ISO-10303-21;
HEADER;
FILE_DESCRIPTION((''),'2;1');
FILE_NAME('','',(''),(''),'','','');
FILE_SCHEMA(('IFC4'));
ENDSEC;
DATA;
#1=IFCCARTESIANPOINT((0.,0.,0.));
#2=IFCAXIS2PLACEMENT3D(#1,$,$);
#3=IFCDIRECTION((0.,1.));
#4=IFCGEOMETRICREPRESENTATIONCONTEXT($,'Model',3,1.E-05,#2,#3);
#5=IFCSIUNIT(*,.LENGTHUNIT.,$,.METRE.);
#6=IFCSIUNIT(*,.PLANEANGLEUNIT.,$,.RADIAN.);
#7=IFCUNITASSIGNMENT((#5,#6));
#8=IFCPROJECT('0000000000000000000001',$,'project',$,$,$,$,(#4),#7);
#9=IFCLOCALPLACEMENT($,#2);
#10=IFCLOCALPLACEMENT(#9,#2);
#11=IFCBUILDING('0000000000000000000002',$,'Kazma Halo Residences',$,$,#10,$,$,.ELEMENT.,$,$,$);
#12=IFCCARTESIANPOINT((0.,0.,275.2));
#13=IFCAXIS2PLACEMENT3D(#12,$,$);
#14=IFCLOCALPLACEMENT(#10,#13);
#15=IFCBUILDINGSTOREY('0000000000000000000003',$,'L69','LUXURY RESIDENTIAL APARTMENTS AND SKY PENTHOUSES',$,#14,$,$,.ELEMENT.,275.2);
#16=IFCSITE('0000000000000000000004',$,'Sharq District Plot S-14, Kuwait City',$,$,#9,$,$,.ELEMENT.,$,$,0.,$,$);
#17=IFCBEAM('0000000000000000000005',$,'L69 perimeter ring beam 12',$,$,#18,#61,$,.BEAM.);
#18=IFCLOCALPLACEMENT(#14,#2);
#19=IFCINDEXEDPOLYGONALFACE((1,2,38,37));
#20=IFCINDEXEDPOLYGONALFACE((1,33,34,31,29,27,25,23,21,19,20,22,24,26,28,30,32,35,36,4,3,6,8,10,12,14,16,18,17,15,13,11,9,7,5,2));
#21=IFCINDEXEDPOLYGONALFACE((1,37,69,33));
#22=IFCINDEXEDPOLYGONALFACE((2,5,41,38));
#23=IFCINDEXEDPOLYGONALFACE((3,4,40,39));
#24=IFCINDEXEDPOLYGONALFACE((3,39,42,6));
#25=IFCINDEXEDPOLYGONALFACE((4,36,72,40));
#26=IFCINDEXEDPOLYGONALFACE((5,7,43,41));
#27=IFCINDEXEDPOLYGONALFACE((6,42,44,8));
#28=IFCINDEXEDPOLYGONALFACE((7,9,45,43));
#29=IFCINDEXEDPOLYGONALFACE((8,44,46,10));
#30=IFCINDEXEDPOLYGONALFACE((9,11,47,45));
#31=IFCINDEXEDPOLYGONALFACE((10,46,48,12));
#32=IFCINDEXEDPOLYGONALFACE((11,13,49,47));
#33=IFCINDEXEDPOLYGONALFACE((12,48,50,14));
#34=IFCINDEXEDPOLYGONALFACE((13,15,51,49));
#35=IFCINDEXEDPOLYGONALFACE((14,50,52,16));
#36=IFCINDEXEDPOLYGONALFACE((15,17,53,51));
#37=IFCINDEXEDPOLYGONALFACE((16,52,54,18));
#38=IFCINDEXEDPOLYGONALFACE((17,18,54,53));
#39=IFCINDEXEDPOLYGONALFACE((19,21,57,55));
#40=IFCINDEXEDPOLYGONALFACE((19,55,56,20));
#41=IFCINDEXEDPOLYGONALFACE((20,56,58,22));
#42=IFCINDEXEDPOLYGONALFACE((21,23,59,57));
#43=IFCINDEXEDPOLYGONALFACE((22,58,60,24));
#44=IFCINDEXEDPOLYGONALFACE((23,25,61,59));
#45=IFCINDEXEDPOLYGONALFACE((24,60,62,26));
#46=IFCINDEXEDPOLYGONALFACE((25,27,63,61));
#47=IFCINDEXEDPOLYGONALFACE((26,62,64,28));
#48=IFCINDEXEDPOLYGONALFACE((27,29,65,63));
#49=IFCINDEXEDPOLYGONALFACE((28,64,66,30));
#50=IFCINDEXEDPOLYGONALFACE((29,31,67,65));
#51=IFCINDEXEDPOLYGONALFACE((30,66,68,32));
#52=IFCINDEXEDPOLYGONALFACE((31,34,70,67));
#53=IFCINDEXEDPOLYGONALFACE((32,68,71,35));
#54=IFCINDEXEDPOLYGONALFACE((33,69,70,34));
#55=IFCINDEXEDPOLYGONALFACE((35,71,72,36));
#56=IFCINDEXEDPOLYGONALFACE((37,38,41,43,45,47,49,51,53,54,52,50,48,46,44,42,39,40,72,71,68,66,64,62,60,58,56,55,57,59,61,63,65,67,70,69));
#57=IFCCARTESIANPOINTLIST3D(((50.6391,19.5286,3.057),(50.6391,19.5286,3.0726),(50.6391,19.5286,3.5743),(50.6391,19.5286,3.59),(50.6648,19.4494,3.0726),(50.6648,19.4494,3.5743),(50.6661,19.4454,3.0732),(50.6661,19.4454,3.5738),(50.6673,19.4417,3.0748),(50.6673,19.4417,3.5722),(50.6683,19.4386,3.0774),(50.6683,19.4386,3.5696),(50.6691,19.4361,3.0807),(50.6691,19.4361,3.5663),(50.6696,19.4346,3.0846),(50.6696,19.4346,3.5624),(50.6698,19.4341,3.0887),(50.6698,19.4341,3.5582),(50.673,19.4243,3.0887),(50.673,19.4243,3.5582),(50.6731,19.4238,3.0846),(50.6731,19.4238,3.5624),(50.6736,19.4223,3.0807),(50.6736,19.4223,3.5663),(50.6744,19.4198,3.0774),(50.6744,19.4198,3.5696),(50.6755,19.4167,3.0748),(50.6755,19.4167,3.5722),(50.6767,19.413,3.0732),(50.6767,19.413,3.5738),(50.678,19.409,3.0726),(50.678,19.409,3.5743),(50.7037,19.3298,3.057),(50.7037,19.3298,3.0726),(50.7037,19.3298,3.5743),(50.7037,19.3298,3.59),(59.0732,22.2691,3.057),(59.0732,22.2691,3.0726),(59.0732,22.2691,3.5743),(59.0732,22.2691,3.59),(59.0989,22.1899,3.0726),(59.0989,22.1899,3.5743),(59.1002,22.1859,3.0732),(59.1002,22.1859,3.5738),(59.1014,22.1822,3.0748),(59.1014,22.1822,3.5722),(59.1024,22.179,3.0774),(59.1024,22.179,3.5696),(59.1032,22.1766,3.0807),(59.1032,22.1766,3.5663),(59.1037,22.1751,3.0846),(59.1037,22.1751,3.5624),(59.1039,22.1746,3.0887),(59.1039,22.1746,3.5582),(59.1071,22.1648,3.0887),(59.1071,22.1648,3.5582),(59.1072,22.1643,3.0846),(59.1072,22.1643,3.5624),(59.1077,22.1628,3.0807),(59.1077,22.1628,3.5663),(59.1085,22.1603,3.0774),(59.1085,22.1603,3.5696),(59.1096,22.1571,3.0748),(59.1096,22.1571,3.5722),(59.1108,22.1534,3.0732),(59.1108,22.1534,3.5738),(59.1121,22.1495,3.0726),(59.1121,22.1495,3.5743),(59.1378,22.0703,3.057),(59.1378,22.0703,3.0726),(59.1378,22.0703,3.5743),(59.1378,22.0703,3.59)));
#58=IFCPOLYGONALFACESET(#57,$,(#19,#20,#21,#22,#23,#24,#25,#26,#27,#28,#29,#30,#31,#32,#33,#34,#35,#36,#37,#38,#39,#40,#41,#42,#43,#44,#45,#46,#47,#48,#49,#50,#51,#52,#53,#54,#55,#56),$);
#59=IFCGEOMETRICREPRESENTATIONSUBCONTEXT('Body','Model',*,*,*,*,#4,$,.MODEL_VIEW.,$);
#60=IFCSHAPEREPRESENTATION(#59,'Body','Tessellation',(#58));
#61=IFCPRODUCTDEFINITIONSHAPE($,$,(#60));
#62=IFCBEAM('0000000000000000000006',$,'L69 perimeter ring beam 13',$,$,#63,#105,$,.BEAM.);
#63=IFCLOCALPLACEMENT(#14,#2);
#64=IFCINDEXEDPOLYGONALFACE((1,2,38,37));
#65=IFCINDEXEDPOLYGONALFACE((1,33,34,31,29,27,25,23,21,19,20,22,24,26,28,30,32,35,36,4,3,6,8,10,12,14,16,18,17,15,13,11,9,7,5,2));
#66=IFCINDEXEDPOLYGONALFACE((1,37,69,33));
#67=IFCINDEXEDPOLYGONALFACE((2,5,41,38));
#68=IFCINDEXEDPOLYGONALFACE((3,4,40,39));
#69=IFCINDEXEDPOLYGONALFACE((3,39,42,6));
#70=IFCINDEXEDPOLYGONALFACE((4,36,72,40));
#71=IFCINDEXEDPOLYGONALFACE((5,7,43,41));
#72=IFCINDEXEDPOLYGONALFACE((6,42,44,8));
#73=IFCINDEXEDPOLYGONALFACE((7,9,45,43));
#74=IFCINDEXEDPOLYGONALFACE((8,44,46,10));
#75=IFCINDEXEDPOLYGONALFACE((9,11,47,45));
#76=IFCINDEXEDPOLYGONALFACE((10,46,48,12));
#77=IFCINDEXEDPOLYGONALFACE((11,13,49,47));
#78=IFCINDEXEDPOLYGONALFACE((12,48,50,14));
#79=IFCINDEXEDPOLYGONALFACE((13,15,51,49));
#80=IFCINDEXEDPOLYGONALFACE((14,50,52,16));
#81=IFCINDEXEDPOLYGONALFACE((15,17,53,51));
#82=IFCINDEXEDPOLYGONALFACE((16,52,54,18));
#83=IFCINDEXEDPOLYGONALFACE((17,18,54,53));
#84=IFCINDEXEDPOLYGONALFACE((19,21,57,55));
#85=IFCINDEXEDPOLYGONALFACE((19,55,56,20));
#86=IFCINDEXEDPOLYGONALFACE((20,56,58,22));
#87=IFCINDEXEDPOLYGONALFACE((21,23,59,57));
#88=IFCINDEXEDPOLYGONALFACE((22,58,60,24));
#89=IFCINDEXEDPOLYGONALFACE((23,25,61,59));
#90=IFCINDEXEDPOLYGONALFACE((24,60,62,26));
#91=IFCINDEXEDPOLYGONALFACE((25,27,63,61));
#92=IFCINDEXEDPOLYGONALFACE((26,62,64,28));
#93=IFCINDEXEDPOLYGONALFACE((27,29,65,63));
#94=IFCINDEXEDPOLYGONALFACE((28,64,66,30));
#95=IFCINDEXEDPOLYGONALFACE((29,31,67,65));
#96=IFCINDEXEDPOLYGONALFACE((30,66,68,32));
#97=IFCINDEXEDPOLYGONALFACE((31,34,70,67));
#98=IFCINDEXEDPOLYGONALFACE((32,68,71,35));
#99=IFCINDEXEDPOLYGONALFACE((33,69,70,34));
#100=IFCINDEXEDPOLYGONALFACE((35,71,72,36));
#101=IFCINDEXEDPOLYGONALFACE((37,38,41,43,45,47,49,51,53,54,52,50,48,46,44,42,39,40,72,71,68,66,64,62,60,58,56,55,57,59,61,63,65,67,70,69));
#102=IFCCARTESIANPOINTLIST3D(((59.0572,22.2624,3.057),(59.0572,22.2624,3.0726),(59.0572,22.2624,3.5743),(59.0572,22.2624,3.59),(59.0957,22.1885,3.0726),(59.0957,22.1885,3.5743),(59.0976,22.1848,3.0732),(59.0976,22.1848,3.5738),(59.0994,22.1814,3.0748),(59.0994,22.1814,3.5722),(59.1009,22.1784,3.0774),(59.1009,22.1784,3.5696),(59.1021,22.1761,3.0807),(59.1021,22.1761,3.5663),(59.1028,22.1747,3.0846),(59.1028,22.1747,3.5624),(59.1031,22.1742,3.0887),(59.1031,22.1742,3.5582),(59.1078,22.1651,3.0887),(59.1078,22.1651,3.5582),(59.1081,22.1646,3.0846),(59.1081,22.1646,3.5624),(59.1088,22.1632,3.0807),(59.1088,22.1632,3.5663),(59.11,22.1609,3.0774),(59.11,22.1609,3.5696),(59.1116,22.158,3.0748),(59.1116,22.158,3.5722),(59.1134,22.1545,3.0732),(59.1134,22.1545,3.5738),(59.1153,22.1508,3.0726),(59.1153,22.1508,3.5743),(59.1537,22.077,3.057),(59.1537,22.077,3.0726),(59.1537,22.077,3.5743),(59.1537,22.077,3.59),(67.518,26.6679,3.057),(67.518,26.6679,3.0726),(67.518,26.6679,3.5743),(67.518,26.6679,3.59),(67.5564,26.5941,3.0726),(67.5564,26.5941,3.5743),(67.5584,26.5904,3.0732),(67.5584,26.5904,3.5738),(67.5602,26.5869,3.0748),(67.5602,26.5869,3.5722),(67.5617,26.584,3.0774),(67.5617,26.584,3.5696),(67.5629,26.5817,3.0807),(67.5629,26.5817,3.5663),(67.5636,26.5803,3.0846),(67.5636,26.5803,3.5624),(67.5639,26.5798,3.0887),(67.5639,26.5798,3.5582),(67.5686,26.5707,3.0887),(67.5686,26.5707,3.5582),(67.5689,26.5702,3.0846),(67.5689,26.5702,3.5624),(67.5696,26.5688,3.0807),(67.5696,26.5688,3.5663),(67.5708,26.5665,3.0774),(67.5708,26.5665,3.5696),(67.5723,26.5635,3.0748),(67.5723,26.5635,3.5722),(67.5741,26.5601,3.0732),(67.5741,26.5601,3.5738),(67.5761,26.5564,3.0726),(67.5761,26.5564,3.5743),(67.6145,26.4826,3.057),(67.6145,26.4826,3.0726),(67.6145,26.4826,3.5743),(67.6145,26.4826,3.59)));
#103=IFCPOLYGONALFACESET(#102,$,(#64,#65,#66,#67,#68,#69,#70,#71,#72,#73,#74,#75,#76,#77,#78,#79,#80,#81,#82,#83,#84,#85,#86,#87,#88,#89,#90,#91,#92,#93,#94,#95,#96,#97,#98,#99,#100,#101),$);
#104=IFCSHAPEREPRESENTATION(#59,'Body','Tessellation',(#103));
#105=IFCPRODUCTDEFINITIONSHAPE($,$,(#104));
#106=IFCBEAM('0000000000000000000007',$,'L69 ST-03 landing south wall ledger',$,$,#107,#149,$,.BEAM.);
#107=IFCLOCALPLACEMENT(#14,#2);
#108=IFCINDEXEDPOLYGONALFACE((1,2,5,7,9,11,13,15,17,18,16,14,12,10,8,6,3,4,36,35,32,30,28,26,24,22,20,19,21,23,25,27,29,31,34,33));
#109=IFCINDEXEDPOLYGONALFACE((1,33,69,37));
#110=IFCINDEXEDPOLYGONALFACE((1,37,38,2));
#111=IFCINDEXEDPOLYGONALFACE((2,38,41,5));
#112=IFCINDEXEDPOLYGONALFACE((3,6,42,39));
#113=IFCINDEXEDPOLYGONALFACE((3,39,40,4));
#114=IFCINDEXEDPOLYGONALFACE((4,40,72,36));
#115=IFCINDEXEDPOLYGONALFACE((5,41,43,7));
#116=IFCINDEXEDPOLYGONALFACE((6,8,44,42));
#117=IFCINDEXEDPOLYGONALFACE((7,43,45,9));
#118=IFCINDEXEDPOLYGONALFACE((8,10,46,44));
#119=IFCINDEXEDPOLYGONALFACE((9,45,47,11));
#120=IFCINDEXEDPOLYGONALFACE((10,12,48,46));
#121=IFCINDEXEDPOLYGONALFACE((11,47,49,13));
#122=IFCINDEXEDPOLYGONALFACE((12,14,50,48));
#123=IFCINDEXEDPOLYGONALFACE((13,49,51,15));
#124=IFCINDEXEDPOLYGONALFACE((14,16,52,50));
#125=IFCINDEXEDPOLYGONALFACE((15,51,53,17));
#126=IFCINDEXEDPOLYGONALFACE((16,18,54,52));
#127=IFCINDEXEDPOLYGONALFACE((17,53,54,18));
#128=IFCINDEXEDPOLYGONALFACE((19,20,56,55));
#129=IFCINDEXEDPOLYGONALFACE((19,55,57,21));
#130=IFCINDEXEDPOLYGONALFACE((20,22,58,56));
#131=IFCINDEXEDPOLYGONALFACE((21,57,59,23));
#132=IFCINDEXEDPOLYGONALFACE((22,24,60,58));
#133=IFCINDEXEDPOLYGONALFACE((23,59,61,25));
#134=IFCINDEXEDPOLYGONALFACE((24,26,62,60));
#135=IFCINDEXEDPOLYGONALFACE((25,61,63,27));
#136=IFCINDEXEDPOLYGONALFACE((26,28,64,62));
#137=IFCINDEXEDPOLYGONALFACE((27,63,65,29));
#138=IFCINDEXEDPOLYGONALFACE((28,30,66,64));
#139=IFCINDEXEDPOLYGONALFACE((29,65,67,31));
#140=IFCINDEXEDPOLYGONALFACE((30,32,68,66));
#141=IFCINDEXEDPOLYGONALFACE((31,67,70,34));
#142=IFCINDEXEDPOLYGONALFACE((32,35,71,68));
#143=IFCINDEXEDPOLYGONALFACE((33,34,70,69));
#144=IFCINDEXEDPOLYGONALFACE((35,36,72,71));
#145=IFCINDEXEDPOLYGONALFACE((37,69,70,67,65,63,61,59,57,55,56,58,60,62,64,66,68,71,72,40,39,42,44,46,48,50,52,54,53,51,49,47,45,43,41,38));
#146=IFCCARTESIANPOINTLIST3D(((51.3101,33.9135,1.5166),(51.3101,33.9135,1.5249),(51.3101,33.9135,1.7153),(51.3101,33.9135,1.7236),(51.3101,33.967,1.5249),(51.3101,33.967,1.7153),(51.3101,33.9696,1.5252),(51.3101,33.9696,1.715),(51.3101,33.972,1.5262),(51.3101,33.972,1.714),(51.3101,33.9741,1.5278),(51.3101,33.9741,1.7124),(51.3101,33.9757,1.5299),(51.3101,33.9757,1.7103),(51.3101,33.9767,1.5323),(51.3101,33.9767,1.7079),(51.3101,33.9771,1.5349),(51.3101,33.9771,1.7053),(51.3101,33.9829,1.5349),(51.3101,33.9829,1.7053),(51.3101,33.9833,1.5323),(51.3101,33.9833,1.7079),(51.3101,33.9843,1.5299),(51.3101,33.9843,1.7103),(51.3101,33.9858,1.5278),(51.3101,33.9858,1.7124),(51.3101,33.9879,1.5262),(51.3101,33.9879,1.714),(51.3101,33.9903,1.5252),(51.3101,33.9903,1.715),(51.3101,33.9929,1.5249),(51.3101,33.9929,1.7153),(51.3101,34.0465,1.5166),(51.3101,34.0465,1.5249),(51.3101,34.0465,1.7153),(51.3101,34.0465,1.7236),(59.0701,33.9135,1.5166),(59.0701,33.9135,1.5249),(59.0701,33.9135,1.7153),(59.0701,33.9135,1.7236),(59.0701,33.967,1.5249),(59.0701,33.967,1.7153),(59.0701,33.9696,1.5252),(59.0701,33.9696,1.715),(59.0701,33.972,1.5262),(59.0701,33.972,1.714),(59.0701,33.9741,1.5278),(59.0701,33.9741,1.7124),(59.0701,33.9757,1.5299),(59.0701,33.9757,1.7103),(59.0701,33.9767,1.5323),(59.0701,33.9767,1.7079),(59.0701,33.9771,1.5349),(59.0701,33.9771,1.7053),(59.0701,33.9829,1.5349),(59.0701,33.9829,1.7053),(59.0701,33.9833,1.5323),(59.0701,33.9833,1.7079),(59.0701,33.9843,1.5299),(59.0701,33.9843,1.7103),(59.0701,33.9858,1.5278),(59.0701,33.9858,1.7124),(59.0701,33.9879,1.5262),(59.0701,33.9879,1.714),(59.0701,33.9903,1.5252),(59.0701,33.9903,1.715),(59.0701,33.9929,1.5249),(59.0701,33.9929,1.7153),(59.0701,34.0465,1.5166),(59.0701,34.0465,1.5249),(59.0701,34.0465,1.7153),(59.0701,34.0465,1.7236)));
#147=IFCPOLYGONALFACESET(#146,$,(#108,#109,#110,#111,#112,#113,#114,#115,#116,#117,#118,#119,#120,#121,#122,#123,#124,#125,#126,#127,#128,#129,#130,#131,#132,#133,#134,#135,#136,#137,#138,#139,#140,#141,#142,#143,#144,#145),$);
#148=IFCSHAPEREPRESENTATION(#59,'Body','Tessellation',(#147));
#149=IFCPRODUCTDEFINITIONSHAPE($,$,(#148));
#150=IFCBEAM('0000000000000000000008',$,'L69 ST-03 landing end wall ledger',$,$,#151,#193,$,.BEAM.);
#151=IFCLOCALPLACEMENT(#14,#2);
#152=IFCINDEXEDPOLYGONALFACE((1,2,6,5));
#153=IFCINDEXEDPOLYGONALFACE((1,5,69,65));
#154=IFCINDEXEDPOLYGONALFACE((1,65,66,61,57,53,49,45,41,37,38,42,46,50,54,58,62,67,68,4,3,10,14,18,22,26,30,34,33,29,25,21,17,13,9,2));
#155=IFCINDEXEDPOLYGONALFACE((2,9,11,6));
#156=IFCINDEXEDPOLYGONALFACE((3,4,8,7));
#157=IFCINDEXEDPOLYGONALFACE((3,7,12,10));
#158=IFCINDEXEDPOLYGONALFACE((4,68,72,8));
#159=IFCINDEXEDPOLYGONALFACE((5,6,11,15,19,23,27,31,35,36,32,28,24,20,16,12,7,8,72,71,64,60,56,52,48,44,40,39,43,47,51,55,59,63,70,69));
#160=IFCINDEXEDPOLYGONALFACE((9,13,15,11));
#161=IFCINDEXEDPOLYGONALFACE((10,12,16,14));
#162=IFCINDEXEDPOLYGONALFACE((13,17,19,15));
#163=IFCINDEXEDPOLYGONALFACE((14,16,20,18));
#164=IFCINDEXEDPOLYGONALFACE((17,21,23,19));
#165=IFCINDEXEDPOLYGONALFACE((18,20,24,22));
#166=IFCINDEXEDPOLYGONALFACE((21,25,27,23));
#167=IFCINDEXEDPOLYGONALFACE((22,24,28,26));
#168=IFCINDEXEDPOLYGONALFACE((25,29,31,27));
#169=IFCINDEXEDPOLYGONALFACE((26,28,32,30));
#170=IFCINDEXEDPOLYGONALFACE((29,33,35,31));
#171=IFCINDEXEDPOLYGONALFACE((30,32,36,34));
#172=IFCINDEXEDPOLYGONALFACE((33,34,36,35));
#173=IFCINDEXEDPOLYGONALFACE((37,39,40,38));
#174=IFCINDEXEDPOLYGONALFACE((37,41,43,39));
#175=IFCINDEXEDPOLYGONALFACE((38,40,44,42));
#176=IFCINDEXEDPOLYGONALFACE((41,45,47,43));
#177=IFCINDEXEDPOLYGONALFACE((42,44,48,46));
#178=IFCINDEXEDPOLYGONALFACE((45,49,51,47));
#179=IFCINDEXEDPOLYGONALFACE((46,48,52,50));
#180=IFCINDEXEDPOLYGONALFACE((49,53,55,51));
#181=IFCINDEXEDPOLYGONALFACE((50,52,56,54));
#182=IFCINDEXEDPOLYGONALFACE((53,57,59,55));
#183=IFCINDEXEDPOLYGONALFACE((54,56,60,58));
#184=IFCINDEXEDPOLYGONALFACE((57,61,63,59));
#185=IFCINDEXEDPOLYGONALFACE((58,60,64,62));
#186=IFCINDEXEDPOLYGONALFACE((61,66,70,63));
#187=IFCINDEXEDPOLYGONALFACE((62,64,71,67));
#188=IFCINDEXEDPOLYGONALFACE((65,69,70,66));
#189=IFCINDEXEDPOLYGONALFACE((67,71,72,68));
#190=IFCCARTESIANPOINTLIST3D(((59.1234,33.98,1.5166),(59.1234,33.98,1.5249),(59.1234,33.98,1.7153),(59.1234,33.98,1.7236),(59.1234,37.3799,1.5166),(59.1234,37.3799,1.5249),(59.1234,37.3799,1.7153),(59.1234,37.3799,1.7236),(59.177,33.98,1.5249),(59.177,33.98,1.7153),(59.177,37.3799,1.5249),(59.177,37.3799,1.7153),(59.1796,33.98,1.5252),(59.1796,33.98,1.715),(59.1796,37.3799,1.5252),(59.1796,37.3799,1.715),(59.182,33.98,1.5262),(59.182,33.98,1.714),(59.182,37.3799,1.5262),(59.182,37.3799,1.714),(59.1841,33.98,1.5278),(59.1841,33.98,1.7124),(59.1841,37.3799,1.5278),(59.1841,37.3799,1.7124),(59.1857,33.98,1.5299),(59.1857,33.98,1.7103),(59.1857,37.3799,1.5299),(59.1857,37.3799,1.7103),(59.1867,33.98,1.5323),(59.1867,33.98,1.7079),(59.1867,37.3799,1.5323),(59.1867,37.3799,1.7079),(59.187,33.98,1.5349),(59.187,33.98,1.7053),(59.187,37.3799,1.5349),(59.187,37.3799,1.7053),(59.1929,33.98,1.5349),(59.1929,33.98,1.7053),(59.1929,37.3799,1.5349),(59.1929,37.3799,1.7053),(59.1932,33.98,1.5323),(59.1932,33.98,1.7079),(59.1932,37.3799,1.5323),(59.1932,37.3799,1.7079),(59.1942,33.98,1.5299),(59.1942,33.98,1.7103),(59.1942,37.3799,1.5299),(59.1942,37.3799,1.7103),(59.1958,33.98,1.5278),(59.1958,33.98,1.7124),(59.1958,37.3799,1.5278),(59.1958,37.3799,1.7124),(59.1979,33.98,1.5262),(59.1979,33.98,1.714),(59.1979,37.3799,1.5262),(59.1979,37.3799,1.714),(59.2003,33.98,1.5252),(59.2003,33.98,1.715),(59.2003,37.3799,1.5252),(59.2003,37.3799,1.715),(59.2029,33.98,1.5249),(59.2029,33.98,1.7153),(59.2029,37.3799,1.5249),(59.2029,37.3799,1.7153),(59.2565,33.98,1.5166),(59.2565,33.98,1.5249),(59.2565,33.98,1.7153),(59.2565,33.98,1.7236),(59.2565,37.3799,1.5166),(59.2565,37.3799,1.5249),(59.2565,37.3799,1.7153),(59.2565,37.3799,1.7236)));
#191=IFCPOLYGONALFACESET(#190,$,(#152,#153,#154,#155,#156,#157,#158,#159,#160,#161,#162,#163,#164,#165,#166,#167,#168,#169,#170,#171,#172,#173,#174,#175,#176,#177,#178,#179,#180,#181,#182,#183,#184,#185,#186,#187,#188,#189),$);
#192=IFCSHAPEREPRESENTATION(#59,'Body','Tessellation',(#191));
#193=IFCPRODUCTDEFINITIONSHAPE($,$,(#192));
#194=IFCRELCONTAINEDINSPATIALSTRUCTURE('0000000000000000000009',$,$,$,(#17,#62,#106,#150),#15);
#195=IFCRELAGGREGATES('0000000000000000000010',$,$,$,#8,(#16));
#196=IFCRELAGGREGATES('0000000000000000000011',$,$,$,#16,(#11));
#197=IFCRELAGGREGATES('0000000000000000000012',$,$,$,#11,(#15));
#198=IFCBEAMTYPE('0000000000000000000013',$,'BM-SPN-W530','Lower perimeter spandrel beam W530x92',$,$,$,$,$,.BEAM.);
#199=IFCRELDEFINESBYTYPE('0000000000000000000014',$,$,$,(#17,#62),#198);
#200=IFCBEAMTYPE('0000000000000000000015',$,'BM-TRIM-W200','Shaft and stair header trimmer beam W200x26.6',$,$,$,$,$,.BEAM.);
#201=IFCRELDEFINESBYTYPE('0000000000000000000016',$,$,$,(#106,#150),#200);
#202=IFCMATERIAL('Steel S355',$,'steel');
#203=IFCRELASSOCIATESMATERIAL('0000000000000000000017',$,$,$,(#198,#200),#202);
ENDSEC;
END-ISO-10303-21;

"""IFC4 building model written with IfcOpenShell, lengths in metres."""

from ifc_helpers import new_model, si_unit, direction, frame, origin, origin_2d, place, context, subcontext, project, spatial, i_section, extrude, material, material_profile, profile_set, type_object, element, save


model = new_model("IFC4")

# Units and contexts
model_context = context("Model", 3, precision=1e-05, world=origin(), true_north=direction((0.0, 1.0)))
body_context = subcontext(model_context, "Body", "Model", "MODEL_VIEW")
ifc_project = project(units=[si_unit("LENGTHUNIT", "METRE"), si_unit("PLANEANGLEUNIT", "RADIAN")], contexts=[model_context])

# Site, building, storey
site_placement = place(None, origin())
site = spatial("IfcSite", under=ifc_project, at=site_placement, Name="Sharq District Plot S-14, Kuwait City", CompositionType="ELEMENT", RefElevation=0.0)
building_placement = place(site_placement, origin())
building = spatial("IfcBuilding", under=site, at=building_placement, Name="Kazma Halo Residences", CompositionType="ELEMENT")
storey_placement = place(building_placement, frame((0.0, 0.0, 275.2)))
storey = spatial("IfcBuildingStorey", under=building, at=storey_placement, Name="L69", Description="LUXURY RESIDENTIAL APARTMENTS AND SKY PENTHOUSES", CompositionType="ELEMENT", Elevation=275.2)

# Beams
ifc_material_1 = material(Name="Steel S355", Category="steel")
ifc_material_profile_1 = material_profile(ifc_material_1, i_section(OverallWidth=0.209, OverallDepth=0.533, WebThickness=0.0103, FlangeThickness=0.0156, FilletRadius=0.0161, at=origin_2d()), Name="W530x92")
ifc_profile_set_1 = profile_set([ifc_material_profile_1], Name="Steel S355")
beam_type_1 = type_object("IfcBeamType", Name="BM-SPN-W530", Description="Lower perimeter spandrel beam W530x92", PredefinedType="BEAM", material=ifc_profile_set_1)
beam_1_placement = place(storey_placement, frame((50.6714, 19.4292, 3.3235), z_axis=(0.951054, 0.309025, 0.0), x_axis=(-0.309025, 0.951054, 0.0)))
element("IfcBeam", 1, at=beam_1_placement, inside=storey, type_object=beam_type_1, Name="L69 perimeter ring beam 12", PredefinedType="BEAM", context=body_context, shape_type="SweptSolid", body=[
    extrude(i_section(OverallWidth=0.209, OverallDepth=0.533, WebThickness=0.0103, FlangeThickness=0.0156, FilletRadius=0.0161, at=origin_2d()), origin(), (0.0, 0.0, 1.0), 8.8682),
])
beam_2_placement = place(storey_placement, frame((59.1055, 22.1697, 3.3235), z_axis=(0.886961, 0.461844, 0.0), x_axis=(-0.461844, 0.886961, 0.0)))
element("IfcBeam", 2, at=beam_2_placement, inside=storey, type_object=beam_type_1, Name="L69 perimeter ring beam 13", PredefinedType="BEAM", context=body_context, shape_type="SweptSolid", body=[
    extrude(i_section(OverallWidth=0.209, OverallDepth=0.533, WebThickness=0.0103, FlangeThickness=0.0156, FilletRadius=0.0161, at=origin_2d()), origin(), (0.0, 0.0, 1.0), 9.5391),
])
ifc_material_profile_2 = material_profile(ifc_material_1, i_section(OverallWidth=0.1331, OverallDepth=0.207, WebThickness=0.0059, FlangeThickness=0.0083, FilletRadius=0.01, at=origin_2d()), Name="W200x26.6")
ifc_profile_set_2 = profile_set([ifc_material_profile_2], Name="Steel S355")
beam_type_2 = type_object("IfcBeamType", Name="BM-TRIM-W200", Description="Shaft and stair header trimmer beam W200x26.6", PredefinedType="BEAM", material=ifc_profile_set_2)
beam_3_placement = place(storey_placement, frame((51.3101, 33.98, 1.6201), z_axis=(1.0, 0.0, 0.0), x_axis=(0.0, 1.0, 0.0)))
element("IfcBeam", 3, at=beam_3_placement, inside=storey, type_object=beam_type_2, Name="L69 ST-03 landing south wall ledger", PredefinedType="BEAM", context=body_context, shape_type="SweptSolid", body=[
    extrude(i_section(OverallWidth=0.1331, OverallDepth=0.207, WebThickness=0.0059, FlangeThickness=0.0083, FilletRadius=0.01, at=origin_2d()), origin(), (0.0, 0.0, 1.0), 7.76),
])
beam_4_placement = place(storey_placement, frame((59.1899, 33.98, 1.6201), z_axis=(0.0, 1.0, 0.0), x_axis=(-1.0, 0.0, 0.0)))
element("IfcBeam", 4, at=beam_4_placement, inside=storey, type_object=beam_type_2, Name="L69 ST-03 landing end wall ledger", PredefinedType="BEAM", context=body_context, shape_type="SweptSolid", body=[
    extrude(i_section(OverallWidth=0.1331, OverallDepth=0.207, WebThickness=0.0059, FlangeThickness=0.0083, FilletRadius=0.01, at=origin_2d()), origin(), (0.0, 0.0, 1.0), 3.3999),
])

save(model, "model.ifc")
